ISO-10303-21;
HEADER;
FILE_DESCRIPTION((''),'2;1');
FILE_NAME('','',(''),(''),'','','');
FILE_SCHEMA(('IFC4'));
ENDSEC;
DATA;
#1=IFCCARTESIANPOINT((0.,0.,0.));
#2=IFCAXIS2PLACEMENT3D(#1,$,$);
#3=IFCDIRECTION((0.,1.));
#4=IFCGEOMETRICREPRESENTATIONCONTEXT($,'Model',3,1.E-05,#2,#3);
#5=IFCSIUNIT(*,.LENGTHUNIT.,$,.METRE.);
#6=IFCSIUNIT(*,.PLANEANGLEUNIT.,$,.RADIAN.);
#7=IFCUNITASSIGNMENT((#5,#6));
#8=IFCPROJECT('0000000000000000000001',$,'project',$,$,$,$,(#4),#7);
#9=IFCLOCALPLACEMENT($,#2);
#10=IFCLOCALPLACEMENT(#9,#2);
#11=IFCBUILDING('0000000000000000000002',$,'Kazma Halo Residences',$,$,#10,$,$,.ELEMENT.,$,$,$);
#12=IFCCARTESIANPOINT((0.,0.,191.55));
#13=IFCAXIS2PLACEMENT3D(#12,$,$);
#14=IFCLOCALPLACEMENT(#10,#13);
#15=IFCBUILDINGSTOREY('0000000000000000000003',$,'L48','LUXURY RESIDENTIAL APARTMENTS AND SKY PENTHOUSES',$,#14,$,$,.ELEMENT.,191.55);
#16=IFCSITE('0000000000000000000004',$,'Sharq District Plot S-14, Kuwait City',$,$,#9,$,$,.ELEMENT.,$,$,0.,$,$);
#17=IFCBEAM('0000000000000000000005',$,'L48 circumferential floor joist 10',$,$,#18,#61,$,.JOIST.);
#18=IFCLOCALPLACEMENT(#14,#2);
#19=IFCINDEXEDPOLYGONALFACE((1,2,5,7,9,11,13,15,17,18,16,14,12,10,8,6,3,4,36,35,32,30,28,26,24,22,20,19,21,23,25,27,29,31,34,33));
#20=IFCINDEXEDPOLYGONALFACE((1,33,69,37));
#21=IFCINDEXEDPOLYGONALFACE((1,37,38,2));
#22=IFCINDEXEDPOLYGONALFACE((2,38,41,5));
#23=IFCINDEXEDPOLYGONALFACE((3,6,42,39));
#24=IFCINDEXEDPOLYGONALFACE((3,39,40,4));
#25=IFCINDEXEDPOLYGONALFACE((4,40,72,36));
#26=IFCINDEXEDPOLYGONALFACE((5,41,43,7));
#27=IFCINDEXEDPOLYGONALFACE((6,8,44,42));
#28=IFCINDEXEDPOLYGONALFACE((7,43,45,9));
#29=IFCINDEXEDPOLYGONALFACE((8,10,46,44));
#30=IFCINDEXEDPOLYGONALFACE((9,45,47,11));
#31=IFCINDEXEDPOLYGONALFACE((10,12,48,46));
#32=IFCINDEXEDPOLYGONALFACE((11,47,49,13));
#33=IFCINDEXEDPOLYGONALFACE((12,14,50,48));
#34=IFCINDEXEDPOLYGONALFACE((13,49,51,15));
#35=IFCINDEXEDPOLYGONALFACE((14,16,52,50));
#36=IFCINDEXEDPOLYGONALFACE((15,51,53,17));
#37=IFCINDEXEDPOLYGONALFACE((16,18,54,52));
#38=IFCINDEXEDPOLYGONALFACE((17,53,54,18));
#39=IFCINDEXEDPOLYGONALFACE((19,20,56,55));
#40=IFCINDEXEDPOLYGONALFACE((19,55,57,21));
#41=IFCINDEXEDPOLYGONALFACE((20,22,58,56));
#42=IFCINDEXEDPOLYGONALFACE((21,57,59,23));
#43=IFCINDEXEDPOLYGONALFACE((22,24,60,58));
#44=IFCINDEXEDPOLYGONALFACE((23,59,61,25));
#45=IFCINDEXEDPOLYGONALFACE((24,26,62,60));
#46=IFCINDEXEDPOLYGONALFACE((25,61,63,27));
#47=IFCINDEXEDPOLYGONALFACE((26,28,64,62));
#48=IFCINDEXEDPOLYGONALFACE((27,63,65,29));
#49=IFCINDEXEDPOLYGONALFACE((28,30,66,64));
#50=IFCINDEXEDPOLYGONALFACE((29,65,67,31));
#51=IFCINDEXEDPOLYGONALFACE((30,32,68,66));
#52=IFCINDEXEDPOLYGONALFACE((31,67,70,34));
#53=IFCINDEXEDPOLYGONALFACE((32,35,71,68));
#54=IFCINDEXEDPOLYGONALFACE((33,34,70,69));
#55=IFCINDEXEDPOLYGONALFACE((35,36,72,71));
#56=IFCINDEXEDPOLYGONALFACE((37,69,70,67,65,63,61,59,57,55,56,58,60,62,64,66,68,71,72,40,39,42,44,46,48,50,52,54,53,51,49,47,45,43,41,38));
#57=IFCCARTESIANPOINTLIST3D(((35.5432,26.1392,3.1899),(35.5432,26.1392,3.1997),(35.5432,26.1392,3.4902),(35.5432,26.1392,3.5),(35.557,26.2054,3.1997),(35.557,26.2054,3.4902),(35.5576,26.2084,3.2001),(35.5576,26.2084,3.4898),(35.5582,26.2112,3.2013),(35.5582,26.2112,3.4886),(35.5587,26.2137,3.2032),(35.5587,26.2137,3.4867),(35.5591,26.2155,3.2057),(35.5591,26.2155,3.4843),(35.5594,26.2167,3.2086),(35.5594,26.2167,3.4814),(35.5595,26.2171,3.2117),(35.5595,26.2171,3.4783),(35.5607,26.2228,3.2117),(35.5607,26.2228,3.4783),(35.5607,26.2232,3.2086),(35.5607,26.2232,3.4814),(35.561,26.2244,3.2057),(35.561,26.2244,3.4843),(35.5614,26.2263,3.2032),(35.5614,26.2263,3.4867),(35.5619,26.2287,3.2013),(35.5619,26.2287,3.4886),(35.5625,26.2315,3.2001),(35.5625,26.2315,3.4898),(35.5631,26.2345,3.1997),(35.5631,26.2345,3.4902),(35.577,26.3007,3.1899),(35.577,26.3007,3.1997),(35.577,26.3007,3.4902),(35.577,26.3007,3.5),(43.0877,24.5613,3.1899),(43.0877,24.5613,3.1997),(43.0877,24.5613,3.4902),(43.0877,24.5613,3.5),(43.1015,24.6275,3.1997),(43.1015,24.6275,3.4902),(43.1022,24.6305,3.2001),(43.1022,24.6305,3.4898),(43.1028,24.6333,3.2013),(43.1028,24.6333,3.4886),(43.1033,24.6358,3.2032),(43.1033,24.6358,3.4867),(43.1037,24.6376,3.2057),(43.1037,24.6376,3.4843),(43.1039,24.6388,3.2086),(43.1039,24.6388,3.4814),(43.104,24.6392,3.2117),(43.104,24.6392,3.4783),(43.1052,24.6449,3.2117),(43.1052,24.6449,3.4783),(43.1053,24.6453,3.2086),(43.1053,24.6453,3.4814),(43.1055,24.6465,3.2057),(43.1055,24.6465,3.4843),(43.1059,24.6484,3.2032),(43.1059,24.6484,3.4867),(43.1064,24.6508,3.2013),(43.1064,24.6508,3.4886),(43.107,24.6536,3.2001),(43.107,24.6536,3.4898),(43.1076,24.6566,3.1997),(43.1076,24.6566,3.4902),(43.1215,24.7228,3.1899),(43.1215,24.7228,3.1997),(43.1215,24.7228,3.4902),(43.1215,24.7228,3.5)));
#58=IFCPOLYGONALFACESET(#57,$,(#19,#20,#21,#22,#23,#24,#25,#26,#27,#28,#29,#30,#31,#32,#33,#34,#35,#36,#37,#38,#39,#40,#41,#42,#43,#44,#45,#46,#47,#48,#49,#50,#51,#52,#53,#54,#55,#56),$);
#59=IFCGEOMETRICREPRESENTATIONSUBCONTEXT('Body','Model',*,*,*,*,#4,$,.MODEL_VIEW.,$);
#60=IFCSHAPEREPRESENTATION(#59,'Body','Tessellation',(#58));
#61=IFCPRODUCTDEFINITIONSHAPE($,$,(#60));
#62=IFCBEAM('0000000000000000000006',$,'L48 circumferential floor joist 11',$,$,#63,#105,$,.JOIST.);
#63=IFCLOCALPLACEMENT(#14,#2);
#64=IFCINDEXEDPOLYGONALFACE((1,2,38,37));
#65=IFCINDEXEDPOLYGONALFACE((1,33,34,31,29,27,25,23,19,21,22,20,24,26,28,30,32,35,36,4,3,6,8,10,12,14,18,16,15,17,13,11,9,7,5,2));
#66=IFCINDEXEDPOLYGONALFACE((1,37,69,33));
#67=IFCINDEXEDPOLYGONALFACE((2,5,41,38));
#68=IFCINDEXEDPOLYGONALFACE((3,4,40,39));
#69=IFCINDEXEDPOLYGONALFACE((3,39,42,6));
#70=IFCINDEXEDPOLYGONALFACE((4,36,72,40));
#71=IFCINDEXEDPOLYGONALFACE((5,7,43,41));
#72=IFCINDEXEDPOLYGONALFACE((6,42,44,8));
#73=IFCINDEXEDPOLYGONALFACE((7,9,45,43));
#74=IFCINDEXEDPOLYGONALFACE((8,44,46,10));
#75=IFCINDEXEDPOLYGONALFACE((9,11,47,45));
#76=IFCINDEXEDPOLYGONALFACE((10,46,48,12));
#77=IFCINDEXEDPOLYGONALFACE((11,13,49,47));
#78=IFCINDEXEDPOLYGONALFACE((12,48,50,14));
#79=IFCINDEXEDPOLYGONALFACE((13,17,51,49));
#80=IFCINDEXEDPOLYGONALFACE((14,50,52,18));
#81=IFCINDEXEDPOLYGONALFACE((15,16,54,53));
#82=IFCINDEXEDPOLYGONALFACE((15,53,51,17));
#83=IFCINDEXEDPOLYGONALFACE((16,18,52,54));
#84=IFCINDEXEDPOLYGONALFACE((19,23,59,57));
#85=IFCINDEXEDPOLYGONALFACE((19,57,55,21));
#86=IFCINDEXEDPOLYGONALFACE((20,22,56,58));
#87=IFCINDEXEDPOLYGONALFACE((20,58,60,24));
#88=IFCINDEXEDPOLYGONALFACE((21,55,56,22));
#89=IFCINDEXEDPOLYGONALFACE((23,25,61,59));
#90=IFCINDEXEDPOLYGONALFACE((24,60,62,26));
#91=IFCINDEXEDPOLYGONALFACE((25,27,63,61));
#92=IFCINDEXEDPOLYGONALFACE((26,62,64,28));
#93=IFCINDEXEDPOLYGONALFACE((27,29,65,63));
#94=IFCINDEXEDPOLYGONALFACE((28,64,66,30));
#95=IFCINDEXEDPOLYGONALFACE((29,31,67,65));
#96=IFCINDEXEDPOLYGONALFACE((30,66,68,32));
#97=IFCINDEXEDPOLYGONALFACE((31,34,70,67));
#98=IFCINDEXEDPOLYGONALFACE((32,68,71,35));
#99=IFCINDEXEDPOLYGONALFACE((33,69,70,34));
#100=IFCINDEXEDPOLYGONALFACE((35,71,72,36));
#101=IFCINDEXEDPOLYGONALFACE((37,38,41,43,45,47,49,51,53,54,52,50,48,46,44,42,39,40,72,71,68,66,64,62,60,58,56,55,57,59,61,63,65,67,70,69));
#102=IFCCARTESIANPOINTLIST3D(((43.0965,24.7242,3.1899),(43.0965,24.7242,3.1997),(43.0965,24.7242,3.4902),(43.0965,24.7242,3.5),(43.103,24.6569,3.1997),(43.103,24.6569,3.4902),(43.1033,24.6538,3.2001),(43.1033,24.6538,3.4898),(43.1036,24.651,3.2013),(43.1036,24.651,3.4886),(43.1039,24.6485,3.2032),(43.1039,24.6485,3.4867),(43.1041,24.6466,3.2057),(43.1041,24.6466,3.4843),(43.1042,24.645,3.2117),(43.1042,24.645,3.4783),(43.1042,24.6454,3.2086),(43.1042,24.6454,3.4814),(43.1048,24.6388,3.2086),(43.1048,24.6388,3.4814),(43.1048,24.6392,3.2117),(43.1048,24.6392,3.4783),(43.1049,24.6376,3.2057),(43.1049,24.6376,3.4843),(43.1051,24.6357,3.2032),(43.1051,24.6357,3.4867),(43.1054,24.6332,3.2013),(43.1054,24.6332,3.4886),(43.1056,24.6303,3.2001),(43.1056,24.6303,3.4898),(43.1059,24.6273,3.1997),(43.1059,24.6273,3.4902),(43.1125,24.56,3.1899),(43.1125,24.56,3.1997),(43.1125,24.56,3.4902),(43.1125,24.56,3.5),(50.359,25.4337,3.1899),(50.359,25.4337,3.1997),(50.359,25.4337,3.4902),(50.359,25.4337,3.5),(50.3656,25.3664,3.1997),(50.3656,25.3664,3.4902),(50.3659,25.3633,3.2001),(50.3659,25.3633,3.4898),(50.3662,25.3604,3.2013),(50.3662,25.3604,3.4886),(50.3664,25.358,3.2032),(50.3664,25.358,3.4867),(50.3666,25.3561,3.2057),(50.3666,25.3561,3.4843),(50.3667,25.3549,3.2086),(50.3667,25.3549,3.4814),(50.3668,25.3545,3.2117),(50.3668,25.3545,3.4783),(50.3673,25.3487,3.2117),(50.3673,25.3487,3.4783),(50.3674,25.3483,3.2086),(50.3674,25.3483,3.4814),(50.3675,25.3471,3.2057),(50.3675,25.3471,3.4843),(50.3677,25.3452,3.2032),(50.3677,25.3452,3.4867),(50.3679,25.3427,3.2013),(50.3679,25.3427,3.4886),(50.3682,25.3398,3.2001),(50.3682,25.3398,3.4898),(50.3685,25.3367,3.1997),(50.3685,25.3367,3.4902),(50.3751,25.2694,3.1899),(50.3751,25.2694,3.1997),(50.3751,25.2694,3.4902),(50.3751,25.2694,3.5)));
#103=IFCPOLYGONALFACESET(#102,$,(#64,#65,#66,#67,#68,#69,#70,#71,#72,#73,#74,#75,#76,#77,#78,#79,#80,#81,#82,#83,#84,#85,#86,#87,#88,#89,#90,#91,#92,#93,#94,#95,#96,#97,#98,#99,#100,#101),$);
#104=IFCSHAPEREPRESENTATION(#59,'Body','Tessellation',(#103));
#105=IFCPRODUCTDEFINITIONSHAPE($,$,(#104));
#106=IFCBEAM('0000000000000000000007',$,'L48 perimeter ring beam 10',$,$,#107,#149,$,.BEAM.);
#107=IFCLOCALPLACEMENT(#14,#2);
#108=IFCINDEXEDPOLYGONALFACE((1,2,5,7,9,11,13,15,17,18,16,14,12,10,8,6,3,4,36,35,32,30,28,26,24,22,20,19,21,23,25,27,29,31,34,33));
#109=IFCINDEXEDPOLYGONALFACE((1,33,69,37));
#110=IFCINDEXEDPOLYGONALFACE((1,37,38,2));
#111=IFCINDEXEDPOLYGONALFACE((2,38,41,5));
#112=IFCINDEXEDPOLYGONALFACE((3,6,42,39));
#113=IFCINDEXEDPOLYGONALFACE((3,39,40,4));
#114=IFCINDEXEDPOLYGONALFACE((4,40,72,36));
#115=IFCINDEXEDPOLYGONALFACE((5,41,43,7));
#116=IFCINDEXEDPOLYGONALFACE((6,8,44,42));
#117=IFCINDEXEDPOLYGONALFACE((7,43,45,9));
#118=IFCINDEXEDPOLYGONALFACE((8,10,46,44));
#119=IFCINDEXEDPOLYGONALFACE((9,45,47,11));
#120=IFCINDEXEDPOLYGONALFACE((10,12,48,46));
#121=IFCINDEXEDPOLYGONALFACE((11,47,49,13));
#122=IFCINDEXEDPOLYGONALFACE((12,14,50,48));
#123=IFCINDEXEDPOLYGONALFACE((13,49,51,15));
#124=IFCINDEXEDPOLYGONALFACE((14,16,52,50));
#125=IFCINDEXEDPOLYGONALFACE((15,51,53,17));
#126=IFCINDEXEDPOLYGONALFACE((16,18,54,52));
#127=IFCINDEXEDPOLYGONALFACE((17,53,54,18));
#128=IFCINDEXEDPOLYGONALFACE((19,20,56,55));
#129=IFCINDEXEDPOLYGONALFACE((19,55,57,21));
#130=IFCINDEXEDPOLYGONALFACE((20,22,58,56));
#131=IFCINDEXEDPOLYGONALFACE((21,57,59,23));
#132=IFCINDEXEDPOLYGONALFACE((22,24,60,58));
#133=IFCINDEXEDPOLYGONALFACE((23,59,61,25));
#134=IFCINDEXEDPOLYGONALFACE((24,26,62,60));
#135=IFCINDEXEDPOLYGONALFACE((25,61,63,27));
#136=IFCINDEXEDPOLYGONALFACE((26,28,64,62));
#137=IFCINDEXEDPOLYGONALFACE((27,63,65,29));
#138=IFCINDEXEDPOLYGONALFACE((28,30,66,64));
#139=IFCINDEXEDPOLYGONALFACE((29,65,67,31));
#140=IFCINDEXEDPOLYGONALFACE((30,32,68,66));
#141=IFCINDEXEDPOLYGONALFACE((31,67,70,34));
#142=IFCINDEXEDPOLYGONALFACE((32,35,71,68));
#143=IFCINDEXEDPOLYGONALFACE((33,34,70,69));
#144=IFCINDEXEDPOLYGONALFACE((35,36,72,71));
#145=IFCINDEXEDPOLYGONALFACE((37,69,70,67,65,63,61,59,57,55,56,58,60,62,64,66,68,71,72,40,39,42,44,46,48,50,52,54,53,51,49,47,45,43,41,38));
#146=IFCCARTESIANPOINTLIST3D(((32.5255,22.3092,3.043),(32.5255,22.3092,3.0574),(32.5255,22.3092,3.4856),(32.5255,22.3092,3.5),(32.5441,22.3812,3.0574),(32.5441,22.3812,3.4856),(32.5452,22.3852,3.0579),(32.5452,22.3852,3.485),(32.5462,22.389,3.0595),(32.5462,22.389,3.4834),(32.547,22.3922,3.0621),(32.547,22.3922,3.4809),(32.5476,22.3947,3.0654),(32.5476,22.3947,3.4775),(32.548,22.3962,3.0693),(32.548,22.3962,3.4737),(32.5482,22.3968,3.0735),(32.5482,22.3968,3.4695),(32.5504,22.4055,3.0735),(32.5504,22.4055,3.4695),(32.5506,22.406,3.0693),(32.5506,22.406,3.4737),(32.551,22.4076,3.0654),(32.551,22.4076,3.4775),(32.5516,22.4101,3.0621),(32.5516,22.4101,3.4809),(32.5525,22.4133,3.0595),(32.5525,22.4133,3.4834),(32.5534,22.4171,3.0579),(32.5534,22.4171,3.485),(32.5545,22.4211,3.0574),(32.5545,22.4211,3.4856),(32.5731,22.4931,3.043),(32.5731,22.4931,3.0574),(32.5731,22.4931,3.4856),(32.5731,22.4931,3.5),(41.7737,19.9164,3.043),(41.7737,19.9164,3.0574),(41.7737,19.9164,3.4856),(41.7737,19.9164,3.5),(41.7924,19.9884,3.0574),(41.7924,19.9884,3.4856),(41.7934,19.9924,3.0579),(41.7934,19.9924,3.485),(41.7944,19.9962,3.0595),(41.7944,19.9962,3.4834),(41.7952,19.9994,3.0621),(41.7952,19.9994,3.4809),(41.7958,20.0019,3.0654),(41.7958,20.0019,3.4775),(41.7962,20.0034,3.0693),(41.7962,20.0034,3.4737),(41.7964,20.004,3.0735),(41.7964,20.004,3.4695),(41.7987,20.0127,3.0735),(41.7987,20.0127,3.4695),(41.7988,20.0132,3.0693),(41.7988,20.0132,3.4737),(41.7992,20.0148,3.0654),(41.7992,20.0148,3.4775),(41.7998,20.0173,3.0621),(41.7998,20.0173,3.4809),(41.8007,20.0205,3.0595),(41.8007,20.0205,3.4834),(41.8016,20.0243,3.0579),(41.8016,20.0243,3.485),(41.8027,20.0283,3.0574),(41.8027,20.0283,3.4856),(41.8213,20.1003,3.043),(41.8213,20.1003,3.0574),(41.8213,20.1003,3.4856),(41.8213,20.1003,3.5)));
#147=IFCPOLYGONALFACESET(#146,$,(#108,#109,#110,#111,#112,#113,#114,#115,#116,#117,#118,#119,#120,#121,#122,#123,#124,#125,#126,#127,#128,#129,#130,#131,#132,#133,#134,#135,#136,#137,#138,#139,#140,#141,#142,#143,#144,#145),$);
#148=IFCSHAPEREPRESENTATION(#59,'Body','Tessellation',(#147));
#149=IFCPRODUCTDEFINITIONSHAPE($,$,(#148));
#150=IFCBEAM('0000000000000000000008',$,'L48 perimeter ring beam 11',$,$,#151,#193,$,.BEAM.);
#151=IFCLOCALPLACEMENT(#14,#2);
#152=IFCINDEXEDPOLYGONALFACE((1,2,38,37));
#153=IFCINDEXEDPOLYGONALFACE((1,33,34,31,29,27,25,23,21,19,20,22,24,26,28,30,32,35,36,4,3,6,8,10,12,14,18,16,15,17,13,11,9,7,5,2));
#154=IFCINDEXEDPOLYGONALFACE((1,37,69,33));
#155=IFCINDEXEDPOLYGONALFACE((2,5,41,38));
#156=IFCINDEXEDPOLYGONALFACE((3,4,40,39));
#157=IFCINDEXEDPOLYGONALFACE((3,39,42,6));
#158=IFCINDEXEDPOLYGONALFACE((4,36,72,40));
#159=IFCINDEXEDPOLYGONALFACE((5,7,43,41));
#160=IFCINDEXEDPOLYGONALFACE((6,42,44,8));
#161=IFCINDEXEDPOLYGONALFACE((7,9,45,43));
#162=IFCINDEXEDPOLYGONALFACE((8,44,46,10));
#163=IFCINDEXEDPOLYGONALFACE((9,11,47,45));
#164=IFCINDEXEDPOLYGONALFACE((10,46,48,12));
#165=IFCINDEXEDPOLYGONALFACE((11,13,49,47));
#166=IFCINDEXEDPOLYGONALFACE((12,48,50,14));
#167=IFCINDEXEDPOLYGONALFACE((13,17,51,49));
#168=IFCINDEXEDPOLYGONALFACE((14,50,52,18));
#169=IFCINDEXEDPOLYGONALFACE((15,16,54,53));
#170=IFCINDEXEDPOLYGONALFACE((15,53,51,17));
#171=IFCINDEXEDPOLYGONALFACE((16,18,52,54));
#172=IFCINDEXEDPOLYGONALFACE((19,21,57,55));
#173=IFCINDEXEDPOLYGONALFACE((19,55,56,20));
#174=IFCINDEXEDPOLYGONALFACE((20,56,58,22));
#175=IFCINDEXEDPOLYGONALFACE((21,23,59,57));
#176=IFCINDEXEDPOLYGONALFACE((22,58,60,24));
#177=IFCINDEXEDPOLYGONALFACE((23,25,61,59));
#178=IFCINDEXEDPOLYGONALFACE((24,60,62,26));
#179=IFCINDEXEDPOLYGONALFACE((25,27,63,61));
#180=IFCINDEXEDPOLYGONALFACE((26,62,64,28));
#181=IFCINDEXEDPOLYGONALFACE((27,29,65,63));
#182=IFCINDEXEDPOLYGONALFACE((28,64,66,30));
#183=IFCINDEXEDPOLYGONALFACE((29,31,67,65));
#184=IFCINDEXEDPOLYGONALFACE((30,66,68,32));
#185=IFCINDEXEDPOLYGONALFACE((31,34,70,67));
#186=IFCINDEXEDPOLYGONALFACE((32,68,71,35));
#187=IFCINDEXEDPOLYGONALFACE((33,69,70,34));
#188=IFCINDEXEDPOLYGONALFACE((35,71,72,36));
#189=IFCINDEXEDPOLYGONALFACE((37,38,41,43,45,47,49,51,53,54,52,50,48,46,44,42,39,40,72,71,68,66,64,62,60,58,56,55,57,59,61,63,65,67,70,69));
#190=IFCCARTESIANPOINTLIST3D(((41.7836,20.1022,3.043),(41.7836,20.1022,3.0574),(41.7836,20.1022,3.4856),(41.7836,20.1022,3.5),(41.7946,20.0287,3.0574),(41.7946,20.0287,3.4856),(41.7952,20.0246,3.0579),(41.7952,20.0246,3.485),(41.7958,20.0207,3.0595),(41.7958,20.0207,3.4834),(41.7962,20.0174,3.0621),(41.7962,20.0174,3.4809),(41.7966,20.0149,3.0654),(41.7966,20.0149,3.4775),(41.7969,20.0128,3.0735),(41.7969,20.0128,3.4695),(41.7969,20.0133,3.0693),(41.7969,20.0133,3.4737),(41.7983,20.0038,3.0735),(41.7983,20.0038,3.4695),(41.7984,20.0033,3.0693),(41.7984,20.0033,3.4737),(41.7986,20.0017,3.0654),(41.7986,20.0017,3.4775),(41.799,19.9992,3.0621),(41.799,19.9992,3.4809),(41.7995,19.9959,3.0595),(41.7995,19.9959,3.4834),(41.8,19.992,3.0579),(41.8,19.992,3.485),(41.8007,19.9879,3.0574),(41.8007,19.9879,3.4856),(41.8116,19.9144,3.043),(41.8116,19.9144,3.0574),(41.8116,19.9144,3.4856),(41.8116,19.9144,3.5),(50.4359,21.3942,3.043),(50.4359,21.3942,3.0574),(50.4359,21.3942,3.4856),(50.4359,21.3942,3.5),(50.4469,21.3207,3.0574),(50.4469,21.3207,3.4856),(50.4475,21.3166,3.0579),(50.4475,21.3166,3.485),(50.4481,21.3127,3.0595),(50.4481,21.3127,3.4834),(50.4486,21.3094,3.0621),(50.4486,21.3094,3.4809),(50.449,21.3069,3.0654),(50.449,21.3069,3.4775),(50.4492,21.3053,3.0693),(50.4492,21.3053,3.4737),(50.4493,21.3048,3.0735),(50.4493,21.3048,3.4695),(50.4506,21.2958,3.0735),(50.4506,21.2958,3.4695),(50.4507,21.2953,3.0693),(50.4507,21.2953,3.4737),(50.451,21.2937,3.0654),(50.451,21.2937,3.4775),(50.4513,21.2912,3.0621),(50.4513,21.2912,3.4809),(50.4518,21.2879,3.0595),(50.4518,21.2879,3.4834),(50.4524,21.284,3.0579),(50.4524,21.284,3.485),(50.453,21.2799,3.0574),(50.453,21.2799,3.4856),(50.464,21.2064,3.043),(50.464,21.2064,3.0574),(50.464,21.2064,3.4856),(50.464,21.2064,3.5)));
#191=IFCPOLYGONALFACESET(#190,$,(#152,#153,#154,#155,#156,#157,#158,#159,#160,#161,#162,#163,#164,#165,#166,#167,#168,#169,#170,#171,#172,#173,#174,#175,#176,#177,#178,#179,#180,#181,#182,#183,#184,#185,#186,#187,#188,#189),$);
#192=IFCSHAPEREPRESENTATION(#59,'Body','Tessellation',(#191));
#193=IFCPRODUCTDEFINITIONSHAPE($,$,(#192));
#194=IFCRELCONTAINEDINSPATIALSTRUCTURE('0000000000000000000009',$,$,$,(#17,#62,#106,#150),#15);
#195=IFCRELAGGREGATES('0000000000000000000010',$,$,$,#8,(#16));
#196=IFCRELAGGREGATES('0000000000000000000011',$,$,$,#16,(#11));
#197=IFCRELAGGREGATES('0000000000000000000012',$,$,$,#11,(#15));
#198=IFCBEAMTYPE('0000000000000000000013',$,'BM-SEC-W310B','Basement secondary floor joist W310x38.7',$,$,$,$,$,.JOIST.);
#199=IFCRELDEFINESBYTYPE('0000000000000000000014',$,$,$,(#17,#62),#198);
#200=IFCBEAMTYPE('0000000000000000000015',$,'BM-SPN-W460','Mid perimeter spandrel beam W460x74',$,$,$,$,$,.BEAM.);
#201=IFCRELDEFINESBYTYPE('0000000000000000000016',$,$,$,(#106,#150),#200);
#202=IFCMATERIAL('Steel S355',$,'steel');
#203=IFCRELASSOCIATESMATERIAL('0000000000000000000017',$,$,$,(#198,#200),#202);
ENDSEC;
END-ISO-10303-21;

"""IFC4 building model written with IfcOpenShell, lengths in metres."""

from ifc_helpers import new_model, si_unit, direction, frame, origin, origin_2d, place, context, subcontext, project, spatial, i_section, extrude, material, material_profile, profile_set, type_object, element, save


model = new_model("IFC4")

# Units and contexts
model_context = context("Model", 3, precision=1e-05, world=origin(), true_north=direction((0.0, 1.0)))
body_context = subcontext(model_context, "Body", "Model", "MODEL_VIEW")
ifc_project = project(units=[si_unit("LENGTHUNIT", "METRE"), si_unit("PLANEANGLEUNIT", "RADIAN")], contexts=[model_context])

# Site, building, storey
site_placement = place(None, origin())
site = spatial("IfcSite", under=ifc_project, at=site_placement, Name="Sharq District Plot S-14, Kuwait City", CompositionType="ELEMENT", RefElevation=0.0)
building_placement = place(site_placement, origin())
building = spatial("IfcBuilding", under=site, at=building_placement, Name="Kazma Halo Residences", CompositionType="ELEMENT")
storey_placement = place(building_placement, frame((0.0, 0.0, 191.55)))
storey = spatial("IfcBuildingStorey", under=building, at=storey_placement, Name="L48", Description="LUXURY RESIDENTIAL APARTMENTS AND SKY PENTHOUSES", CompositionType="ELEMENT", Elevation=191.55)

# Beams
ifc_material_1 = material(Name="Steel S355", Category="steel")
ifc_material_profile_1 = material_profile(ifc_material_1, i_section(OverallWidth=0.165, OverallDepth=0.3101, WebThickness=0.0059, FlangeThickness=0.0098, FilletRadius=0.012, at=origin_2d()), Name="W310x38.7")
ifc_profile_set_1 = profile_set([ifc_material_profile_1], Name="Steel S355")
beam_type_1 = type_object("IfcBeamType", Name="BM-SEC-W310B", Description="Basement secondary floor joist W310x38.7", PredefinedType="JOIST", material=ifc_profile_set_1)
beam_1_placement = place(storey_placement, frame((35.5601, 26.22, 3.345), z_axis=(0.978821, -0.204716, 0.0), x_axis=(0.204716, 0.978821, 0.0)))
element("IfcBeam", 1, at=beam_1_placement, inside=storey, type_object=beam_type_1, Name="L48 circumferential floor joist 10", PredefinedType="JOIST", context=body_context, shape_type="SweptSolid", body=[
    extrude(i_section(OverallWidth=0.165, OverallDepth=0.3101, WebThickness=0.0059, FlangeThickness=0.0098, FilletRadius=0.012, at=origin_2d()), origin(), (0.0, 0.0, 1.0), 7.7078),
])
beam_2_placement = place(storey_placement, frame((43.1045, 24.6421, 3.345), z_axis=(0.995262, 0.097228, 0.0), x_axis=(-0.097228, 0.995262, 0.0)))
element("IfcBeam", 2, at=beam_2_placement, inside=storey, type_object=beam_type_1, Name="L48 circumferential floor joist 11", PredefinedType="JOIST", context=body_context, shape_type="SweptSolid", body=[
    extrude(i_section(OverallWidth=0.165, OverallDepth=0.3101, WebThickness=0.0059, FlangeThickness=0.0098, FilletRadius=0.012, at=origin_2d()), origin(), (0.0, 0.0, 1.0), 7.2971),
])
ifc_material_profile_2 = material_profile(ifc_material_1, i_section(OverallWidth=0.1899, OverallDepth=0.457, WebThickness=0.009, FlangeThickness=0.0144, FilletRadius=0.0161, at=origin_2d()), Name="W460x74")
ifc_profile_set_2 = profile_set([ifc_material_profile_2], Name="Steel S355")
beam_type_2 = type_object("IfcBeamType", Name="BM-SPN-W460", Description="Mid perimeter spandrel beam W460x74", PredefinedType="BEAM", material=ifc_profile_set_2)
beam_3_placement = place(storey_placement, frame((32.5493, 22.4011, 3.2715), z_axis=(0.968121, -0.250483, 0.0), x_axis=(0.250483, 0.968121, 0.0)))
element("IfcBeam", 3, at=beam_3_placement, inside=storey, type_object=beam_type_2, Name="L48 perimeter ring beam 10", PredefinedType="BEAM", context=body_context, shape_type="SweptSolid", body=[
    extrude(i_section(OverallWidth=0.1899, OverallDepth=0.457, WebThickness=0.009, FlangeThickness=0.0144, FilletRadius=0.0161, at=origin_2d()), origin(), (0.0, 0.0, 1.0), 9.5527),
])
beam_4_placement = place(storey_placement, frame((41.7976, 20.0083, 3.2715), z_axis=(0.989034, 0.147685, 0.0), x_axis=(-0.147685, 0.989034, 0.0)))
element("IfcBeam", 4, at=beam_4_placement, inside=storey, type_object=beam_type_2, Name="L48 perimeter ring beam 11", PredefinedType="BEAM", context=body_context, shape_type="SweptSolid", body=[
    extrude(i_section(OverallWidth=0.1899, OverallDepth=0.457, WebThickness=0.009, FlangeThickness=0.0144, FilletRadius=0.0161, at=origin_2d()), origin(), (0.0, 0.0, 1.0), 8.7483),
])

save(model, "model.ifc")
